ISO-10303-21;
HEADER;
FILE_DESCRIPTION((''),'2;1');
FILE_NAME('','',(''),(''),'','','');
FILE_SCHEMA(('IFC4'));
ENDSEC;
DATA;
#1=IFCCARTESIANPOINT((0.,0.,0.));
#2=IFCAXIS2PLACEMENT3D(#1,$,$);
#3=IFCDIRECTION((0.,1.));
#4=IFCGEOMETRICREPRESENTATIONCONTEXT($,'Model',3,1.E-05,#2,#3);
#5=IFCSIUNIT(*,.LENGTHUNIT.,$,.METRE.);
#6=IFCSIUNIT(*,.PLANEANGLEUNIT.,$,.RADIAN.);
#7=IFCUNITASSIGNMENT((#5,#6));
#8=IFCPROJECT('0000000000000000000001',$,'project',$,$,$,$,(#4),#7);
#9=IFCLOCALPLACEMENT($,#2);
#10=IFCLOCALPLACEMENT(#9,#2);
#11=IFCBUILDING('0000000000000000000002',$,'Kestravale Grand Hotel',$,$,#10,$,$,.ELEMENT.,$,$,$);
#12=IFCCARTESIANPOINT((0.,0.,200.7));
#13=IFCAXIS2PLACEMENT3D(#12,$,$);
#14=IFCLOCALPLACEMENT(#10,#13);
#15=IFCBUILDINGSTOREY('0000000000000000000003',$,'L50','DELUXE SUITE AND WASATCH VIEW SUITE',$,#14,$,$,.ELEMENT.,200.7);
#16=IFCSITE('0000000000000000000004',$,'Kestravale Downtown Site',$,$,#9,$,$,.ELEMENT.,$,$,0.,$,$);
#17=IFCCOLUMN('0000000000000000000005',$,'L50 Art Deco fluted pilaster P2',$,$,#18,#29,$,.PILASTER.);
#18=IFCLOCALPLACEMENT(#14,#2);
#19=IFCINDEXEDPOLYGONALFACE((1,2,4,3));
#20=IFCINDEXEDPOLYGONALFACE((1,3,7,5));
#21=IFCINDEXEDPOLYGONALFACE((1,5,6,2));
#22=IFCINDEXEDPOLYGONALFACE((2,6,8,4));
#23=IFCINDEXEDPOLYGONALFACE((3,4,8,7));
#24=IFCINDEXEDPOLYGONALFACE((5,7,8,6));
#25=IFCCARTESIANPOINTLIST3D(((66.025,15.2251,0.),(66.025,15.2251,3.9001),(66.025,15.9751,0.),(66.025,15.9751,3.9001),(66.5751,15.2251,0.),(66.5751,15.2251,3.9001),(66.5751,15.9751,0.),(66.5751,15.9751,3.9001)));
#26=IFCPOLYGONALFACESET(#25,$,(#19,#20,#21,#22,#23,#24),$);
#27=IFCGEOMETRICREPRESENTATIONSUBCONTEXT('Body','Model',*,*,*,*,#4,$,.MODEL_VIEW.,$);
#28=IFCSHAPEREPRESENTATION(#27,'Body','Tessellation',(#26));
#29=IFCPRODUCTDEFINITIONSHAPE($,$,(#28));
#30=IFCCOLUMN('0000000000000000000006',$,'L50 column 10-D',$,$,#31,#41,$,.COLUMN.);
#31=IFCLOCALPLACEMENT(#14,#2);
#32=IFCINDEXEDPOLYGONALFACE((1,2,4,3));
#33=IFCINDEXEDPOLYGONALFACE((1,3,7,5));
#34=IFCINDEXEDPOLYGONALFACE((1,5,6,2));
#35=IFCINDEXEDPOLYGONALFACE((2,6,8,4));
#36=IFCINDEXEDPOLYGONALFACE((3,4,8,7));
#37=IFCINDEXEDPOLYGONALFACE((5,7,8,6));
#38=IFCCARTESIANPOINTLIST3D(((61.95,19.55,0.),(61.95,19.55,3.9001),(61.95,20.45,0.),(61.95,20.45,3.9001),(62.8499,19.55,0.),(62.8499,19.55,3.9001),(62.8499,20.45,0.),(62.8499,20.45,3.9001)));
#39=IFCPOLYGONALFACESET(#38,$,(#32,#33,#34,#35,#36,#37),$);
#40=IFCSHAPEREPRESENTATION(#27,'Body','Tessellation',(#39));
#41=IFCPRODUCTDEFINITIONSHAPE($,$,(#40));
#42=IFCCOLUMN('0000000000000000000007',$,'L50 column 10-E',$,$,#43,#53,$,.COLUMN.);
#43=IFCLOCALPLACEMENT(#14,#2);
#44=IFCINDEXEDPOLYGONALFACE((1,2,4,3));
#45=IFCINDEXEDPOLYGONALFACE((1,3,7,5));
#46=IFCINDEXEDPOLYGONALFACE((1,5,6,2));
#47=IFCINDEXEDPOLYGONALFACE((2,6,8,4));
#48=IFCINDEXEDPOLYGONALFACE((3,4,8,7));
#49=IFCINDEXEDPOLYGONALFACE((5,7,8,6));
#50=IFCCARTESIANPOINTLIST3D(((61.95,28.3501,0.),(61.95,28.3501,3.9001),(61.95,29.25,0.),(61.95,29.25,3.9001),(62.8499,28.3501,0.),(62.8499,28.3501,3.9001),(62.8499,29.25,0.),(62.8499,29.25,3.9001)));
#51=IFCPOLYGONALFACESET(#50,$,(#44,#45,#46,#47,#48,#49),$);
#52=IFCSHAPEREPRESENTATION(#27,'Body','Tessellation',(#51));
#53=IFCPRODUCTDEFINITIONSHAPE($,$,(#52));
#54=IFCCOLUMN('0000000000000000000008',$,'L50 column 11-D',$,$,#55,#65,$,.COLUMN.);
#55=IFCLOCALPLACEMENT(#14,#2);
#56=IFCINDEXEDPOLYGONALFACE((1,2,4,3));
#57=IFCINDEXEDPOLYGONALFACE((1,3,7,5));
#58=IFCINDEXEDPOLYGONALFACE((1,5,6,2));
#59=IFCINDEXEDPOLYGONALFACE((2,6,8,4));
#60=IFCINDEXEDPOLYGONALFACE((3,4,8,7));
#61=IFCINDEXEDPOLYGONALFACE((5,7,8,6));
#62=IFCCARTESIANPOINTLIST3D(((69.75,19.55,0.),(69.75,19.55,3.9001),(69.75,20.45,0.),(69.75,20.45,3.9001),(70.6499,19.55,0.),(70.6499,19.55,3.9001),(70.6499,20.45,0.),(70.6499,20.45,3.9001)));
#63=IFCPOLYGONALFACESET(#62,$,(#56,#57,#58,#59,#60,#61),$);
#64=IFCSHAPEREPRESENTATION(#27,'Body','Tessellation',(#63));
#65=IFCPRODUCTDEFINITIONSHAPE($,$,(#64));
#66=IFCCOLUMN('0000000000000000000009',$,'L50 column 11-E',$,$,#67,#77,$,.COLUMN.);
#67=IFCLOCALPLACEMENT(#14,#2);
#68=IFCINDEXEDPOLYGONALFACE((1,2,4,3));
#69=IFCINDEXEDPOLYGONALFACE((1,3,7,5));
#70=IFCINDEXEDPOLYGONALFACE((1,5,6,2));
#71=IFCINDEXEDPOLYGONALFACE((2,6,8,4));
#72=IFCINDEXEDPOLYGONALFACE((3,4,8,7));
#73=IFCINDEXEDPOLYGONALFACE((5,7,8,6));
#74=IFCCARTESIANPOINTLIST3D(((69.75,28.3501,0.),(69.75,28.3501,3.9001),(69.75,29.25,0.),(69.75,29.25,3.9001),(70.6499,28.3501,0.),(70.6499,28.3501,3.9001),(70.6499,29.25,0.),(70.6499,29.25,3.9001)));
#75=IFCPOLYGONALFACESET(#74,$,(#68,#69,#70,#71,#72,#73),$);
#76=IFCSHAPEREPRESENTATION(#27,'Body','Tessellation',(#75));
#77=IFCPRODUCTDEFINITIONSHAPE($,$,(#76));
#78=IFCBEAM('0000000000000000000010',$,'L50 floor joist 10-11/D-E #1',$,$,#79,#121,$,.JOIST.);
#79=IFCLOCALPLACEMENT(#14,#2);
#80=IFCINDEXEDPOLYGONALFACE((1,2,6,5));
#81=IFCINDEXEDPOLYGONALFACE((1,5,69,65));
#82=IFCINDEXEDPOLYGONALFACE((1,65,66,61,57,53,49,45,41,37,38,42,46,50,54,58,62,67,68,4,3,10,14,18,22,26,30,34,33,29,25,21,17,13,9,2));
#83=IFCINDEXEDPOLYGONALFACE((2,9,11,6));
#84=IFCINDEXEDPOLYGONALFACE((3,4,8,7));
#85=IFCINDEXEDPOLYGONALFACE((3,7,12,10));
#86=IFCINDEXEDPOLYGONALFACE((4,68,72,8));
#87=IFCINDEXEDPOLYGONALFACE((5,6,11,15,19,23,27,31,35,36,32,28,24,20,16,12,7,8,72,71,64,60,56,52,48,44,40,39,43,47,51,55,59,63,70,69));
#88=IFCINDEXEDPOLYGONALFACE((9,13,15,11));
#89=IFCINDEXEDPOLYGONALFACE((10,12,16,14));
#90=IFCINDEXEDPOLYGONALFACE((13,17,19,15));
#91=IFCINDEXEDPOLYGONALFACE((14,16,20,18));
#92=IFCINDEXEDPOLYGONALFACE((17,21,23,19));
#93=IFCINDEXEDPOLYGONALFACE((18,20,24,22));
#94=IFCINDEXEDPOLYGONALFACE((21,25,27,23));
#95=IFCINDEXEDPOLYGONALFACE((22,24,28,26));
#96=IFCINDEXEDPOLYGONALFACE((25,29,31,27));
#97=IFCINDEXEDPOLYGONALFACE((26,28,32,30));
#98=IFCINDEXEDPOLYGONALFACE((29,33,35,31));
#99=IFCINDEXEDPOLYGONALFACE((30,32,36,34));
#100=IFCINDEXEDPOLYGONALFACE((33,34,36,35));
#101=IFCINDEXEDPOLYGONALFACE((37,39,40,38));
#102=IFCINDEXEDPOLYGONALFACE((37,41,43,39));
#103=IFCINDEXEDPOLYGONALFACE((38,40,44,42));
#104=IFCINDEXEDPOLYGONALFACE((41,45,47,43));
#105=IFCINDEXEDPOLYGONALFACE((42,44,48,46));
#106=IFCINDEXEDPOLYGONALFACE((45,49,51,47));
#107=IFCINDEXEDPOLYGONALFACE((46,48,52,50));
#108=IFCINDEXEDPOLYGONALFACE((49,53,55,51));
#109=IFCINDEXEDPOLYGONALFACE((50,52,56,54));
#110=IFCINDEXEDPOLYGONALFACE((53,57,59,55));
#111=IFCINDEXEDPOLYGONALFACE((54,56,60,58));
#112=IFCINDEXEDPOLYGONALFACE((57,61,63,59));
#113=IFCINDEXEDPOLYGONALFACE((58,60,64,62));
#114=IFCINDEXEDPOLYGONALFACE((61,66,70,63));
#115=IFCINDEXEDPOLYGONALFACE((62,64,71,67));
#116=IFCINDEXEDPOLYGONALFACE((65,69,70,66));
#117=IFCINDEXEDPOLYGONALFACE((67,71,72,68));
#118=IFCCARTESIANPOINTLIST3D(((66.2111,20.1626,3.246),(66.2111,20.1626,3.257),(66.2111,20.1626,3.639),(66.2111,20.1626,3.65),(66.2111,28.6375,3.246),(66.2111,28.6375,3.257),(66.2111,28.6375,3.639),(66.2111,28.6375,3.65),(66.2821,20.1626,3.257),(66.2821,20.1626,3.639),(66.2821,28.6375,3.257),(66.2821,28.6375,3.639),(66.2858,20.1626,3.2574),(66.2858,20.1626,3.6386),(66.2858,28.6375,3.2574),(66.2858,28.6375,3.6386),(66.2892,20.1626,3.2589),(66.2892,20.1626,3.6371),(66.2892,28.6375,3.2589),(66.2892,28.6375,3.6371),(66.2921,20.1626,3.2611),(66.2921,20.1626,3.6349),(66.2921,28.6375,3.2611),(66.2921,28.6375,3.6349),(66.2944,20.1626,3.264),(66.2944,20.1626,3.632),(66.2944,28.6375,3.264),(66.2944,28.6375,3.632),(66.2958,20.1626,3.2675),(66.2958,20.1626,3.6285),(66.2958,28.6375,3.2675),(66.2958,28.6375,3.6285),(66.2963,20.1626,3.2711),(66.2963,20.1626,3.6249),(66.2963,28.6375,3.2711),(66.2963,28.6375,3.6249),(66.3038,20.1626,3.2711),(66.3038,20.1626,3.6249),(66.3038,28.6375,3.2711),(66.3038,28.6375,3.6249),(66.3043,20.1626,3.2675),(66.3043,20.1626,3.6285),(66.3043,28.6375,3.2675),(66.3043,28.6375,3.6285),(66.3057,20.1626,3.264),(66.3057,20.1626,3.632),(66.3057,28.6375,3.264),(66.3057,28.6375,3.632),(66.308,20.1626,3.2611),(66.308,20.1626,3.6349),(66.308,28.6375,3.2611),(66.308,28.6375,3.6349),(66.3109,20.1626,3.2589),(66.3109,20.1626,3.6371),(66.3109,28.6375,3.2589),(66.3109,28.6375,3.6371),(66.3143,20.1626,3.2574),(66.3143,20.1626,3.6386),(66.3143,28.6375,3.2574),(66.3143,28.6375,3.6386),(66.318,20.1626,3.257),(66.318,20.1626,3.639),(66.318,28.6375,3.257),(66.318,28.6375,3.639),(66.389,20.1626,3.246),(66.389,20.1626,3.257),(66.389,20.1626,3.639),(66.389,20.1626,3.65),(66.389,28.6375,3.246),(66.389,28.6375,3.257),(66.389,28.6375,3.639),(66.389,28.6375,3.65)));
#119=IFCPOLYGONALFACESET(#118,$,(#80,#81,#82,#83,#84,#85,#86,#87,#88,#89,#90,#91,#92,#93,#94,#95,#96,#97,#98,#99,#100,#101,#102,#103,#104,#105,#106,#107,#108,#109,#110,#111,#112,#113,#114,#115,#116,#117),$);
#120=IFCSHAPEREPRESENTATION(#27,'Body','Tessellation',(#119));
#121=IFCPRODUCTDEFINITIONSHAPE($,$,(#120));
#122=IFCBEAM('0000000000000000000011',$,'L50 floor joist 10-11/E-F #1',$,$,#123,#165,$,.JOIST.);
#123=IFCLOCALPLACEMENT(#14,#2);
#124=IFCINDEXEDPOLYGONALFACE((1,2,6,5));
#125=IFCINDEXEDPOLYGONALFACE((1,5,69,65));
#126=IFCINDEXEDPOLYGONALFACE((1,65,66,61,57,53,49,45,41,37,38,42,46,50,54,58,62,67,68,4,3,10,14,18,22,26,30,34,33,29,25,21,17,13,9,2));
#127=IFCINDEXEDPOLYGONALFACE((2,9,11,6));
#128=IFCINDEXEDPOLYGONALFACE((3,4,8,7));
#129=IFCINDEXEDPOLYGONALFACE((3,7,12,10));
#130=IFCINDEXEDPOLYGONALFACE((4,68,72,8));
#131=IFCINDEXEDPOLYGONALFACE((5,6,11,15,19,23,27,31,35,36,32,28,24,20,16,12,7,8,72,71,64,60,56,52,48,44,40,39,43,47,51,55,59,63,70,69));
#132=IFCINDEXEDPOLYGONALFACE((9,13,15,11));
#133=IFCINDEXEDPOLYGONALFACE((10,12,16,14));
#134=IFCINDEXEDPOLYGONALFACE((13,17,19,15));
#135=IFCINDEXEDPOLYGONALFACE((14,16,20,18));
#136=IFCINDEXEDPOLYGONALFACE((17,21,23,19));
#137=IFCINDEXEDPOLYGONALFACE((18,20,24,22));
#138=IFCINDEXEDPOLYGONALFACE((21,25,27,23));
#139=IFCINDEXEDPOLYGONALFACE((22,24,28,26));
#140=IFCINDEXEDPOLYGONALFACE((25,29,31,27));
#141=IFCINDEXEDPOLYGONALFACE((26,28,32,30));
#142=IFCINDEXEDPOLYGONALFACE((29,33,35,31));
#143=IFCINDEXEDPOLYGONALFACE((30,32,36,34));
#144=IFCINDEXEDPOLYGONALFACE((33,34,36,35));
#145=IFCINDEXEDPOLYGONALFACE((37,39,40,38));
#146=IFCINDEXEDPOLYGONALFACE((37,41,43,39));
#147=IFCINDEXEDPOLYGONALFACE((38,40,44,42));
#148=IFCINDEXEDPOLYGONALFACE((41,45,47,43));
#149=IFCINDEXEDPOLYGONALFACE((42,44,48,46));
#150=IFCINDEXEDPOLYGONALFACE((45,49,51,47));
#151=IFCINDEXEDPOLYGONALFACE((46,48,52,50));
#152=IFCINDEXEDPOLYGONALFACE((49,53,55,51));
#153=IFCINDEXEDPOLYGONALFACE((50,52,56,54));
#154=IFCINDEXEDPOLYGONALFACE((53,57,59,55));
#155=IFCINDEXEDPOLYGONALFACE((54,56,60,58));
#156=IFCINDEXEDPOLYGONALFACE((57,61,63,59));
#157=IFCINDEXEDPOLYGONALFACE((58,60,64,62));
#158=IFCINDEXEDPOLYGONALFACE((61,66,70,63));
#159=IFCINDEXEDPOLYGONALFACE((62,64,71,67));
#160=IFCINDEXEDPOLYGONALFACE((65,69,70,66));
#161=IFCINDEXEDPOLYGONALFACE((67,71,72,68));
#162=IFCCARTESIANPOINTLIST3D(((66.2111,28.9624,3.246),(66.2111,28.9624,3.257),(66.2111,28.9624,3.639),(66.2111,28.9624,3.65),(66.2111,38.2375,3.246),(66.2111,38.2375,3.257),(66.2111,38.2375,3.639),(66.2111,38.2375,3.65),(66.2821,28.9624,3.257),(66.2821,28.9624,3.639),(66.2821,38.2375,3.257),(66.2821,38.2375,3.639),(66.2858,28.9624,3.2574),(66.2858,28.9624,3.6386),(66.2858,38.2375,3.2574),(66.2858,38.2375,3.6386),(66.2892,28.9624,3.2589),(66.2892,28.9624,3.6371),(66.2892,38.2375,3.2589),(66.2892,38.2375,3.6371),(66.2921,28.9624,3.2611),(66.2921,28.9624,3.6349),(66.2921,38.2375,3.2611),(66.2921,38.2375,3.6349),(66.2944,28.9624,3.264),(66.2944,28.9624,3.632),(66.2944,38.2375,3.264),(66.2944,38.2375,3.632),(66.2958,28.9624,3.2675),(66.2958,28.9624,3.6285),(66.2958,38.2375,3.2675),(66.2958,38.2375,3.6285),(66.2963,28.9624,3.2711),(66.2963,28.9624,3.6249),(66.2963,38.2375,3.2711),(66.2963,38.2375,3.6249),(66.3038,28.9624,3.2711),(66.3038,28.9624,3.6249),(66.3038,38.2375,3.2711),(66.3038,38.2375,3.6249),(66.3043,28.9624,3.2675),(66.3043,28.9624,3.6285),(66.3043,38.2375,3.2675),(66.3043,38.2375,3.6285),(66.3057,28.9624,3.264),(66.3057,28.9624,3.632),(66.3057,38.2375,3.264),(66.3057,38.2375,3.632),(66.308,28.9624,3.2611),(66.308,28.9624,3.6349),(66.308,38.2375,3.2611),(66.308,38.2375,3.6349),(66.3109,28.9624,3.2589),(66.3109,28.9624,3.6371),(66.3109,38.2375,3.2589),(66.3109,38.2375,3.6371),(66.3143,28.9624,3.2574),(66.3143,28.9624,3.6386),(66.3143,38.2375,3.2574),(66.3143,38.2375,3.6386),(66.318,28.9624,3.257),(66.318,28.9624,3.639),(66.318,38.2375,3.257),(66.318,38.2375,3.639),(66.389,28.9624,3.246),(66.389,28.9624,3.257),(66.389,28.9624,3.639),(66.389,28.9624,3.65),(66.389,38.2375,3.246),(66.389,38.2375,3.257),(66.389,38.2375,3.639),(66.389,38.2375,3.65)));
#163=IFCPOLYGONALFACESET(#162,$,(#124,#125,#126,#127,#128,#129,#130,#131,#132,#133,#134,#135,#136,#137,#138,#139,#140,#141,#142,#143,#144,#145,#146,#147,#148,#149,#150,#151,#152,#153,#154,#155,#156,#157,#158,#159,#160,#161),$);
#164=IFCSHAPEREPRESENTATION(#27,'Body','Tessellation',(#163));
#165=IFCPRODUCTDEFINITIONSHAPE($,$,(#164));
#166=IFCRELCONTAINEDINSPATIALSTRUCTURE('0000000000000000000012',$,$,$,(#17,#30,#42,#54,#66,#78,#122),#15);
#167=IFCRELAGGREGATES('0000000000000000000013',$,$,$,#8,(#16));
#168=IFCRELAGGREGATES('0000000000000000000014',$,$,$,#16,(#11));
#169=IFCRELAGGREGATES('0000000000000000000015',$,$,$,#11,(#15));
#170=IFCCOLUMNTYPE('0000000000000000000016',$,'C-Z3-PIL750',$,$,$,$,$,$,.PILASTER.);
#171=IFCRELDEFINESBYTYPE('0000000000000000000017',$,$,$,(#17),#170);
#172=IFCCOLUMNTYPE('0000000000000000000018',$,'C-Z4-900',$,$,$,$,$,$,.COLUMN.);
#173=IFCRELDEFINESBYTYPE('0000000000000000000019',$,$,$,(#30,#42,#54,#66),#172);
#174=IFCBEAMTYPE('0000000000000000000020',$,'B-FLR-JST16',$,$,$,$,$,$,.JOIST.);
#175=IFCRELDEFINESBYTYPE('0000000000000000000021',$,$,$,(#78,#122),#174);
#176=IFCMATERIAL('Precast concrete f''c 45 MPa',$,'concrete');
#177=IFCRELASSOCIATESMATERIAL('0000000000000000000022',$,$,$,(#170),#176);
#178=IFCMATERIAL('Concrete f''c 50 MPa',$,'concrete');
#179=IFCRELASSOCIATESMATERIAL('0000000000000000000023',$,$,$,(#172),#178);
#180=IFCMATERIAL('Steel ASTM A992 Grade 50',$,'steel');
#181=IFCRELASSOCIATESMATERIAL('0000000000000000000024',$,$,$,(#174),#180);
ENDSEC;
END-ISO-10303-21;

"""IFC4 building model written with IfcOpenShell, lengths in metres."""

from ifc_helpers import new_model, si_unit, direction, frame, origin, origin_2d, place, context, subcontext, project, spatial, rectangle, i_section, extrude, material, material_profile, profile_set, type_object, element, save


model = new_model("IFC4")

# Units and contexts
model_context = context("Model", 3, precision=1e-05, world=origin(), true_north=direction((0.0, 1.0)))
body_context = subcontext(model_context, "Body", "Model", "MODEL_VIEW")
ifc_project = project(units=[si_unit("LENGTHUNIT", "METRE"), si_unit("PLANEANGLEUNIT", "RADIAN")], contexts=[model_context])

# Site, building, storey
site_placement = place(None, origin())
site = spatial("IfcSite", under=ifc_project, at=site_placement, Name="Kestravale Downtown Site", CompositionType="ELEMENT", RefElevation=0.0)
building_placement = place(site_placement, origin())
building = spatial("IfcBuilding", under=site, at=building_placement, Name="Kestravale Grand Hotel", CompositionType="ELEMENT")
storey_placement = place(building_placement, frame((0.0, 0.0, 200.7)))
storey = spatial("IfcBuildingStorey", under=building, at=storey_placement, Name="L50", Description="DELUXE SUITE AND WASATCH VIEW SUITE", CompositionType="ELEMENT", Elevation=200.7)

# Columns
ifc_material_1 = material(Name="Precast concrete f'c 45 MPa", Category="concrete")
ifc_material_profile_1 = material_profile(ifc_material_1, rectangle(XDim=0.55, YDim=0.75, at=origin_2d()))
ifc_profile_set_1 = profile_set([ifc_material_profile_1], Name="Precast concrete f'c 45 MPa")
column_type_1 = type_object("IfcColumnType", Name="C-Z3-PIL750", PredefinedType="PILASTER", material=ifc_profile_set_1)
column_placement = place(storey_placement, frame((66.3, 15.6001, 0.0), z_axis=(0.0, 0.0, 1.0), x_axis=(1.0, 0.0, 0.0)))
element("IfcColumn", 1, at=column_placement, inside=storey, type_object=column_type_1, Name="L50 Art Deco fluted pilaster P2", PredefinedType="PILASTER", context=body_context, shape_type="SweptSolid", body=[
    extrude(rectangle(XDim=0.55, YDim=0.75, at=origin_2d()), origin(), (0.0, 0.0, 1.0), 3.9001),
])
ifc_material_2 = material(Name="Concrete f'c 50 MPa", Category="concrete")
ifc_material_profile_2 = material_profile(ifc_material_2, rectangle(XDim=0.8999, YDim=0.8999, at=origin_2d()))
ifc_profile_set_2 = profile_set([ifc_material_profile_2], Name="Concrete f'c 50 MPa")
column_type_2 = type_object("IfcColumnType", Name="C-Z4-900", PredefinedType="COLUMN", material=ifc_profile_set_2)
for number, where, z_axis, x_axis, name in (
    (2, (62.3999, 20.0, 0.0), (0.0, 0.0, 1.0), (1.0, 0.0, 0.0), "L50 column 10-D"),
    (3, (62.3999, 28.8, 0.0), (0.0, 0.0, 1.0), (1.0, 0.0, 0.0), "L50 column 10-E"),
    (4, (70.2, 20.0, 0.0), (0.0, 0.0, 1.0), (1.0, 0.0, 0.0), "L50 column 11-D"),
    (5, (70.2, 28.8, 0.0), (0.0, 0.0, 1.0), (1.0, 0.0, 0.0), "L50 column 11-E"),
):
    element("IfcColumn", number, at=place(storey_placement, frame(where, z_axis=z_axis, x_axis=x_axis)), inside=storey, type_object=column_type_2, Name=name, PredefinedType="COLUMN", context=body_context, shape_type="SweptSolid", body=[
        extrude(rectangle(XDim=0.8999, YDim=0.8999, at=origin_2d()), origin(), (0.0, 0.0, 1.0), 3.9001),
    ])

# Beams
ifc_material_3 = material(Name="Steel ASTM A992 Grade 50", Category="steel")
ifc_material_profile_3 = material_profile(ifc_material_3, i_section(OverallWidth=0.178, OverallDepth=0.4041, WebThickness=0.0076, FlangeThickness=0.011, FilletRadius=0.0142, at=origin_2d()))
ifc_profile_set_3 = profile_set([ifc_material_profile_3], Name="Steel ASTM A992 Grade 50")
beam_type_1 = type_object("IfcBeamType", Name="B-FLR-JST16", PredefinedType="JOIST", material=ifc_profile_set_3)
beam_1_placement = place(storey_placement, frame((66.3, 20.1626, 3.448), z_axis=(0.0, 1.0, 0.0), x_axis=(-1.0, 0.0, 0.0)))
element("IfcBeam", 6, at=beam_1_placement, inside=storey, type_object=beam_type_1, Name="L50 floor joist 10-11/D-E #1", PredefinedType="JOIST", context=body_context, shape_type="SweptSolid", body=[
    extrude(i_section(OverallWidth=0.178, OverallDepth=0.4041, WebThickness=0.0076, FlangeThickness=0.011, FilletRadius=0.0142, at=origin_2d()), origin(), (0.0, 0.0, 1.0), 8.4749),
])
beam_2_placement = place(storey_placement, frame((66.3, 28.9624, 3.448), z_axis=(0.0, 1.0, 0.0), x_axis=(-1.0, 0.0, 0.0)))
element("IfcBeam", 7, at=beam_2_placement, inside=storey, type_object=beam_type_1, Name="L50 floor joist 10-11/E-F #1", PredefinedType="JOIST", context=body_context, shape_type="SweptSolid", body=[
    extrude(i_section(OverallWidth=0.178, OverallDepth=0.4041, WebThickness=0.0076, FlangeThickness=0.011, FilletRadius=0.0142, at=origin_2d()), origin(), (0.0, 0.0, 1.0), 9.2751),
])

save(model, "model.ifc")
